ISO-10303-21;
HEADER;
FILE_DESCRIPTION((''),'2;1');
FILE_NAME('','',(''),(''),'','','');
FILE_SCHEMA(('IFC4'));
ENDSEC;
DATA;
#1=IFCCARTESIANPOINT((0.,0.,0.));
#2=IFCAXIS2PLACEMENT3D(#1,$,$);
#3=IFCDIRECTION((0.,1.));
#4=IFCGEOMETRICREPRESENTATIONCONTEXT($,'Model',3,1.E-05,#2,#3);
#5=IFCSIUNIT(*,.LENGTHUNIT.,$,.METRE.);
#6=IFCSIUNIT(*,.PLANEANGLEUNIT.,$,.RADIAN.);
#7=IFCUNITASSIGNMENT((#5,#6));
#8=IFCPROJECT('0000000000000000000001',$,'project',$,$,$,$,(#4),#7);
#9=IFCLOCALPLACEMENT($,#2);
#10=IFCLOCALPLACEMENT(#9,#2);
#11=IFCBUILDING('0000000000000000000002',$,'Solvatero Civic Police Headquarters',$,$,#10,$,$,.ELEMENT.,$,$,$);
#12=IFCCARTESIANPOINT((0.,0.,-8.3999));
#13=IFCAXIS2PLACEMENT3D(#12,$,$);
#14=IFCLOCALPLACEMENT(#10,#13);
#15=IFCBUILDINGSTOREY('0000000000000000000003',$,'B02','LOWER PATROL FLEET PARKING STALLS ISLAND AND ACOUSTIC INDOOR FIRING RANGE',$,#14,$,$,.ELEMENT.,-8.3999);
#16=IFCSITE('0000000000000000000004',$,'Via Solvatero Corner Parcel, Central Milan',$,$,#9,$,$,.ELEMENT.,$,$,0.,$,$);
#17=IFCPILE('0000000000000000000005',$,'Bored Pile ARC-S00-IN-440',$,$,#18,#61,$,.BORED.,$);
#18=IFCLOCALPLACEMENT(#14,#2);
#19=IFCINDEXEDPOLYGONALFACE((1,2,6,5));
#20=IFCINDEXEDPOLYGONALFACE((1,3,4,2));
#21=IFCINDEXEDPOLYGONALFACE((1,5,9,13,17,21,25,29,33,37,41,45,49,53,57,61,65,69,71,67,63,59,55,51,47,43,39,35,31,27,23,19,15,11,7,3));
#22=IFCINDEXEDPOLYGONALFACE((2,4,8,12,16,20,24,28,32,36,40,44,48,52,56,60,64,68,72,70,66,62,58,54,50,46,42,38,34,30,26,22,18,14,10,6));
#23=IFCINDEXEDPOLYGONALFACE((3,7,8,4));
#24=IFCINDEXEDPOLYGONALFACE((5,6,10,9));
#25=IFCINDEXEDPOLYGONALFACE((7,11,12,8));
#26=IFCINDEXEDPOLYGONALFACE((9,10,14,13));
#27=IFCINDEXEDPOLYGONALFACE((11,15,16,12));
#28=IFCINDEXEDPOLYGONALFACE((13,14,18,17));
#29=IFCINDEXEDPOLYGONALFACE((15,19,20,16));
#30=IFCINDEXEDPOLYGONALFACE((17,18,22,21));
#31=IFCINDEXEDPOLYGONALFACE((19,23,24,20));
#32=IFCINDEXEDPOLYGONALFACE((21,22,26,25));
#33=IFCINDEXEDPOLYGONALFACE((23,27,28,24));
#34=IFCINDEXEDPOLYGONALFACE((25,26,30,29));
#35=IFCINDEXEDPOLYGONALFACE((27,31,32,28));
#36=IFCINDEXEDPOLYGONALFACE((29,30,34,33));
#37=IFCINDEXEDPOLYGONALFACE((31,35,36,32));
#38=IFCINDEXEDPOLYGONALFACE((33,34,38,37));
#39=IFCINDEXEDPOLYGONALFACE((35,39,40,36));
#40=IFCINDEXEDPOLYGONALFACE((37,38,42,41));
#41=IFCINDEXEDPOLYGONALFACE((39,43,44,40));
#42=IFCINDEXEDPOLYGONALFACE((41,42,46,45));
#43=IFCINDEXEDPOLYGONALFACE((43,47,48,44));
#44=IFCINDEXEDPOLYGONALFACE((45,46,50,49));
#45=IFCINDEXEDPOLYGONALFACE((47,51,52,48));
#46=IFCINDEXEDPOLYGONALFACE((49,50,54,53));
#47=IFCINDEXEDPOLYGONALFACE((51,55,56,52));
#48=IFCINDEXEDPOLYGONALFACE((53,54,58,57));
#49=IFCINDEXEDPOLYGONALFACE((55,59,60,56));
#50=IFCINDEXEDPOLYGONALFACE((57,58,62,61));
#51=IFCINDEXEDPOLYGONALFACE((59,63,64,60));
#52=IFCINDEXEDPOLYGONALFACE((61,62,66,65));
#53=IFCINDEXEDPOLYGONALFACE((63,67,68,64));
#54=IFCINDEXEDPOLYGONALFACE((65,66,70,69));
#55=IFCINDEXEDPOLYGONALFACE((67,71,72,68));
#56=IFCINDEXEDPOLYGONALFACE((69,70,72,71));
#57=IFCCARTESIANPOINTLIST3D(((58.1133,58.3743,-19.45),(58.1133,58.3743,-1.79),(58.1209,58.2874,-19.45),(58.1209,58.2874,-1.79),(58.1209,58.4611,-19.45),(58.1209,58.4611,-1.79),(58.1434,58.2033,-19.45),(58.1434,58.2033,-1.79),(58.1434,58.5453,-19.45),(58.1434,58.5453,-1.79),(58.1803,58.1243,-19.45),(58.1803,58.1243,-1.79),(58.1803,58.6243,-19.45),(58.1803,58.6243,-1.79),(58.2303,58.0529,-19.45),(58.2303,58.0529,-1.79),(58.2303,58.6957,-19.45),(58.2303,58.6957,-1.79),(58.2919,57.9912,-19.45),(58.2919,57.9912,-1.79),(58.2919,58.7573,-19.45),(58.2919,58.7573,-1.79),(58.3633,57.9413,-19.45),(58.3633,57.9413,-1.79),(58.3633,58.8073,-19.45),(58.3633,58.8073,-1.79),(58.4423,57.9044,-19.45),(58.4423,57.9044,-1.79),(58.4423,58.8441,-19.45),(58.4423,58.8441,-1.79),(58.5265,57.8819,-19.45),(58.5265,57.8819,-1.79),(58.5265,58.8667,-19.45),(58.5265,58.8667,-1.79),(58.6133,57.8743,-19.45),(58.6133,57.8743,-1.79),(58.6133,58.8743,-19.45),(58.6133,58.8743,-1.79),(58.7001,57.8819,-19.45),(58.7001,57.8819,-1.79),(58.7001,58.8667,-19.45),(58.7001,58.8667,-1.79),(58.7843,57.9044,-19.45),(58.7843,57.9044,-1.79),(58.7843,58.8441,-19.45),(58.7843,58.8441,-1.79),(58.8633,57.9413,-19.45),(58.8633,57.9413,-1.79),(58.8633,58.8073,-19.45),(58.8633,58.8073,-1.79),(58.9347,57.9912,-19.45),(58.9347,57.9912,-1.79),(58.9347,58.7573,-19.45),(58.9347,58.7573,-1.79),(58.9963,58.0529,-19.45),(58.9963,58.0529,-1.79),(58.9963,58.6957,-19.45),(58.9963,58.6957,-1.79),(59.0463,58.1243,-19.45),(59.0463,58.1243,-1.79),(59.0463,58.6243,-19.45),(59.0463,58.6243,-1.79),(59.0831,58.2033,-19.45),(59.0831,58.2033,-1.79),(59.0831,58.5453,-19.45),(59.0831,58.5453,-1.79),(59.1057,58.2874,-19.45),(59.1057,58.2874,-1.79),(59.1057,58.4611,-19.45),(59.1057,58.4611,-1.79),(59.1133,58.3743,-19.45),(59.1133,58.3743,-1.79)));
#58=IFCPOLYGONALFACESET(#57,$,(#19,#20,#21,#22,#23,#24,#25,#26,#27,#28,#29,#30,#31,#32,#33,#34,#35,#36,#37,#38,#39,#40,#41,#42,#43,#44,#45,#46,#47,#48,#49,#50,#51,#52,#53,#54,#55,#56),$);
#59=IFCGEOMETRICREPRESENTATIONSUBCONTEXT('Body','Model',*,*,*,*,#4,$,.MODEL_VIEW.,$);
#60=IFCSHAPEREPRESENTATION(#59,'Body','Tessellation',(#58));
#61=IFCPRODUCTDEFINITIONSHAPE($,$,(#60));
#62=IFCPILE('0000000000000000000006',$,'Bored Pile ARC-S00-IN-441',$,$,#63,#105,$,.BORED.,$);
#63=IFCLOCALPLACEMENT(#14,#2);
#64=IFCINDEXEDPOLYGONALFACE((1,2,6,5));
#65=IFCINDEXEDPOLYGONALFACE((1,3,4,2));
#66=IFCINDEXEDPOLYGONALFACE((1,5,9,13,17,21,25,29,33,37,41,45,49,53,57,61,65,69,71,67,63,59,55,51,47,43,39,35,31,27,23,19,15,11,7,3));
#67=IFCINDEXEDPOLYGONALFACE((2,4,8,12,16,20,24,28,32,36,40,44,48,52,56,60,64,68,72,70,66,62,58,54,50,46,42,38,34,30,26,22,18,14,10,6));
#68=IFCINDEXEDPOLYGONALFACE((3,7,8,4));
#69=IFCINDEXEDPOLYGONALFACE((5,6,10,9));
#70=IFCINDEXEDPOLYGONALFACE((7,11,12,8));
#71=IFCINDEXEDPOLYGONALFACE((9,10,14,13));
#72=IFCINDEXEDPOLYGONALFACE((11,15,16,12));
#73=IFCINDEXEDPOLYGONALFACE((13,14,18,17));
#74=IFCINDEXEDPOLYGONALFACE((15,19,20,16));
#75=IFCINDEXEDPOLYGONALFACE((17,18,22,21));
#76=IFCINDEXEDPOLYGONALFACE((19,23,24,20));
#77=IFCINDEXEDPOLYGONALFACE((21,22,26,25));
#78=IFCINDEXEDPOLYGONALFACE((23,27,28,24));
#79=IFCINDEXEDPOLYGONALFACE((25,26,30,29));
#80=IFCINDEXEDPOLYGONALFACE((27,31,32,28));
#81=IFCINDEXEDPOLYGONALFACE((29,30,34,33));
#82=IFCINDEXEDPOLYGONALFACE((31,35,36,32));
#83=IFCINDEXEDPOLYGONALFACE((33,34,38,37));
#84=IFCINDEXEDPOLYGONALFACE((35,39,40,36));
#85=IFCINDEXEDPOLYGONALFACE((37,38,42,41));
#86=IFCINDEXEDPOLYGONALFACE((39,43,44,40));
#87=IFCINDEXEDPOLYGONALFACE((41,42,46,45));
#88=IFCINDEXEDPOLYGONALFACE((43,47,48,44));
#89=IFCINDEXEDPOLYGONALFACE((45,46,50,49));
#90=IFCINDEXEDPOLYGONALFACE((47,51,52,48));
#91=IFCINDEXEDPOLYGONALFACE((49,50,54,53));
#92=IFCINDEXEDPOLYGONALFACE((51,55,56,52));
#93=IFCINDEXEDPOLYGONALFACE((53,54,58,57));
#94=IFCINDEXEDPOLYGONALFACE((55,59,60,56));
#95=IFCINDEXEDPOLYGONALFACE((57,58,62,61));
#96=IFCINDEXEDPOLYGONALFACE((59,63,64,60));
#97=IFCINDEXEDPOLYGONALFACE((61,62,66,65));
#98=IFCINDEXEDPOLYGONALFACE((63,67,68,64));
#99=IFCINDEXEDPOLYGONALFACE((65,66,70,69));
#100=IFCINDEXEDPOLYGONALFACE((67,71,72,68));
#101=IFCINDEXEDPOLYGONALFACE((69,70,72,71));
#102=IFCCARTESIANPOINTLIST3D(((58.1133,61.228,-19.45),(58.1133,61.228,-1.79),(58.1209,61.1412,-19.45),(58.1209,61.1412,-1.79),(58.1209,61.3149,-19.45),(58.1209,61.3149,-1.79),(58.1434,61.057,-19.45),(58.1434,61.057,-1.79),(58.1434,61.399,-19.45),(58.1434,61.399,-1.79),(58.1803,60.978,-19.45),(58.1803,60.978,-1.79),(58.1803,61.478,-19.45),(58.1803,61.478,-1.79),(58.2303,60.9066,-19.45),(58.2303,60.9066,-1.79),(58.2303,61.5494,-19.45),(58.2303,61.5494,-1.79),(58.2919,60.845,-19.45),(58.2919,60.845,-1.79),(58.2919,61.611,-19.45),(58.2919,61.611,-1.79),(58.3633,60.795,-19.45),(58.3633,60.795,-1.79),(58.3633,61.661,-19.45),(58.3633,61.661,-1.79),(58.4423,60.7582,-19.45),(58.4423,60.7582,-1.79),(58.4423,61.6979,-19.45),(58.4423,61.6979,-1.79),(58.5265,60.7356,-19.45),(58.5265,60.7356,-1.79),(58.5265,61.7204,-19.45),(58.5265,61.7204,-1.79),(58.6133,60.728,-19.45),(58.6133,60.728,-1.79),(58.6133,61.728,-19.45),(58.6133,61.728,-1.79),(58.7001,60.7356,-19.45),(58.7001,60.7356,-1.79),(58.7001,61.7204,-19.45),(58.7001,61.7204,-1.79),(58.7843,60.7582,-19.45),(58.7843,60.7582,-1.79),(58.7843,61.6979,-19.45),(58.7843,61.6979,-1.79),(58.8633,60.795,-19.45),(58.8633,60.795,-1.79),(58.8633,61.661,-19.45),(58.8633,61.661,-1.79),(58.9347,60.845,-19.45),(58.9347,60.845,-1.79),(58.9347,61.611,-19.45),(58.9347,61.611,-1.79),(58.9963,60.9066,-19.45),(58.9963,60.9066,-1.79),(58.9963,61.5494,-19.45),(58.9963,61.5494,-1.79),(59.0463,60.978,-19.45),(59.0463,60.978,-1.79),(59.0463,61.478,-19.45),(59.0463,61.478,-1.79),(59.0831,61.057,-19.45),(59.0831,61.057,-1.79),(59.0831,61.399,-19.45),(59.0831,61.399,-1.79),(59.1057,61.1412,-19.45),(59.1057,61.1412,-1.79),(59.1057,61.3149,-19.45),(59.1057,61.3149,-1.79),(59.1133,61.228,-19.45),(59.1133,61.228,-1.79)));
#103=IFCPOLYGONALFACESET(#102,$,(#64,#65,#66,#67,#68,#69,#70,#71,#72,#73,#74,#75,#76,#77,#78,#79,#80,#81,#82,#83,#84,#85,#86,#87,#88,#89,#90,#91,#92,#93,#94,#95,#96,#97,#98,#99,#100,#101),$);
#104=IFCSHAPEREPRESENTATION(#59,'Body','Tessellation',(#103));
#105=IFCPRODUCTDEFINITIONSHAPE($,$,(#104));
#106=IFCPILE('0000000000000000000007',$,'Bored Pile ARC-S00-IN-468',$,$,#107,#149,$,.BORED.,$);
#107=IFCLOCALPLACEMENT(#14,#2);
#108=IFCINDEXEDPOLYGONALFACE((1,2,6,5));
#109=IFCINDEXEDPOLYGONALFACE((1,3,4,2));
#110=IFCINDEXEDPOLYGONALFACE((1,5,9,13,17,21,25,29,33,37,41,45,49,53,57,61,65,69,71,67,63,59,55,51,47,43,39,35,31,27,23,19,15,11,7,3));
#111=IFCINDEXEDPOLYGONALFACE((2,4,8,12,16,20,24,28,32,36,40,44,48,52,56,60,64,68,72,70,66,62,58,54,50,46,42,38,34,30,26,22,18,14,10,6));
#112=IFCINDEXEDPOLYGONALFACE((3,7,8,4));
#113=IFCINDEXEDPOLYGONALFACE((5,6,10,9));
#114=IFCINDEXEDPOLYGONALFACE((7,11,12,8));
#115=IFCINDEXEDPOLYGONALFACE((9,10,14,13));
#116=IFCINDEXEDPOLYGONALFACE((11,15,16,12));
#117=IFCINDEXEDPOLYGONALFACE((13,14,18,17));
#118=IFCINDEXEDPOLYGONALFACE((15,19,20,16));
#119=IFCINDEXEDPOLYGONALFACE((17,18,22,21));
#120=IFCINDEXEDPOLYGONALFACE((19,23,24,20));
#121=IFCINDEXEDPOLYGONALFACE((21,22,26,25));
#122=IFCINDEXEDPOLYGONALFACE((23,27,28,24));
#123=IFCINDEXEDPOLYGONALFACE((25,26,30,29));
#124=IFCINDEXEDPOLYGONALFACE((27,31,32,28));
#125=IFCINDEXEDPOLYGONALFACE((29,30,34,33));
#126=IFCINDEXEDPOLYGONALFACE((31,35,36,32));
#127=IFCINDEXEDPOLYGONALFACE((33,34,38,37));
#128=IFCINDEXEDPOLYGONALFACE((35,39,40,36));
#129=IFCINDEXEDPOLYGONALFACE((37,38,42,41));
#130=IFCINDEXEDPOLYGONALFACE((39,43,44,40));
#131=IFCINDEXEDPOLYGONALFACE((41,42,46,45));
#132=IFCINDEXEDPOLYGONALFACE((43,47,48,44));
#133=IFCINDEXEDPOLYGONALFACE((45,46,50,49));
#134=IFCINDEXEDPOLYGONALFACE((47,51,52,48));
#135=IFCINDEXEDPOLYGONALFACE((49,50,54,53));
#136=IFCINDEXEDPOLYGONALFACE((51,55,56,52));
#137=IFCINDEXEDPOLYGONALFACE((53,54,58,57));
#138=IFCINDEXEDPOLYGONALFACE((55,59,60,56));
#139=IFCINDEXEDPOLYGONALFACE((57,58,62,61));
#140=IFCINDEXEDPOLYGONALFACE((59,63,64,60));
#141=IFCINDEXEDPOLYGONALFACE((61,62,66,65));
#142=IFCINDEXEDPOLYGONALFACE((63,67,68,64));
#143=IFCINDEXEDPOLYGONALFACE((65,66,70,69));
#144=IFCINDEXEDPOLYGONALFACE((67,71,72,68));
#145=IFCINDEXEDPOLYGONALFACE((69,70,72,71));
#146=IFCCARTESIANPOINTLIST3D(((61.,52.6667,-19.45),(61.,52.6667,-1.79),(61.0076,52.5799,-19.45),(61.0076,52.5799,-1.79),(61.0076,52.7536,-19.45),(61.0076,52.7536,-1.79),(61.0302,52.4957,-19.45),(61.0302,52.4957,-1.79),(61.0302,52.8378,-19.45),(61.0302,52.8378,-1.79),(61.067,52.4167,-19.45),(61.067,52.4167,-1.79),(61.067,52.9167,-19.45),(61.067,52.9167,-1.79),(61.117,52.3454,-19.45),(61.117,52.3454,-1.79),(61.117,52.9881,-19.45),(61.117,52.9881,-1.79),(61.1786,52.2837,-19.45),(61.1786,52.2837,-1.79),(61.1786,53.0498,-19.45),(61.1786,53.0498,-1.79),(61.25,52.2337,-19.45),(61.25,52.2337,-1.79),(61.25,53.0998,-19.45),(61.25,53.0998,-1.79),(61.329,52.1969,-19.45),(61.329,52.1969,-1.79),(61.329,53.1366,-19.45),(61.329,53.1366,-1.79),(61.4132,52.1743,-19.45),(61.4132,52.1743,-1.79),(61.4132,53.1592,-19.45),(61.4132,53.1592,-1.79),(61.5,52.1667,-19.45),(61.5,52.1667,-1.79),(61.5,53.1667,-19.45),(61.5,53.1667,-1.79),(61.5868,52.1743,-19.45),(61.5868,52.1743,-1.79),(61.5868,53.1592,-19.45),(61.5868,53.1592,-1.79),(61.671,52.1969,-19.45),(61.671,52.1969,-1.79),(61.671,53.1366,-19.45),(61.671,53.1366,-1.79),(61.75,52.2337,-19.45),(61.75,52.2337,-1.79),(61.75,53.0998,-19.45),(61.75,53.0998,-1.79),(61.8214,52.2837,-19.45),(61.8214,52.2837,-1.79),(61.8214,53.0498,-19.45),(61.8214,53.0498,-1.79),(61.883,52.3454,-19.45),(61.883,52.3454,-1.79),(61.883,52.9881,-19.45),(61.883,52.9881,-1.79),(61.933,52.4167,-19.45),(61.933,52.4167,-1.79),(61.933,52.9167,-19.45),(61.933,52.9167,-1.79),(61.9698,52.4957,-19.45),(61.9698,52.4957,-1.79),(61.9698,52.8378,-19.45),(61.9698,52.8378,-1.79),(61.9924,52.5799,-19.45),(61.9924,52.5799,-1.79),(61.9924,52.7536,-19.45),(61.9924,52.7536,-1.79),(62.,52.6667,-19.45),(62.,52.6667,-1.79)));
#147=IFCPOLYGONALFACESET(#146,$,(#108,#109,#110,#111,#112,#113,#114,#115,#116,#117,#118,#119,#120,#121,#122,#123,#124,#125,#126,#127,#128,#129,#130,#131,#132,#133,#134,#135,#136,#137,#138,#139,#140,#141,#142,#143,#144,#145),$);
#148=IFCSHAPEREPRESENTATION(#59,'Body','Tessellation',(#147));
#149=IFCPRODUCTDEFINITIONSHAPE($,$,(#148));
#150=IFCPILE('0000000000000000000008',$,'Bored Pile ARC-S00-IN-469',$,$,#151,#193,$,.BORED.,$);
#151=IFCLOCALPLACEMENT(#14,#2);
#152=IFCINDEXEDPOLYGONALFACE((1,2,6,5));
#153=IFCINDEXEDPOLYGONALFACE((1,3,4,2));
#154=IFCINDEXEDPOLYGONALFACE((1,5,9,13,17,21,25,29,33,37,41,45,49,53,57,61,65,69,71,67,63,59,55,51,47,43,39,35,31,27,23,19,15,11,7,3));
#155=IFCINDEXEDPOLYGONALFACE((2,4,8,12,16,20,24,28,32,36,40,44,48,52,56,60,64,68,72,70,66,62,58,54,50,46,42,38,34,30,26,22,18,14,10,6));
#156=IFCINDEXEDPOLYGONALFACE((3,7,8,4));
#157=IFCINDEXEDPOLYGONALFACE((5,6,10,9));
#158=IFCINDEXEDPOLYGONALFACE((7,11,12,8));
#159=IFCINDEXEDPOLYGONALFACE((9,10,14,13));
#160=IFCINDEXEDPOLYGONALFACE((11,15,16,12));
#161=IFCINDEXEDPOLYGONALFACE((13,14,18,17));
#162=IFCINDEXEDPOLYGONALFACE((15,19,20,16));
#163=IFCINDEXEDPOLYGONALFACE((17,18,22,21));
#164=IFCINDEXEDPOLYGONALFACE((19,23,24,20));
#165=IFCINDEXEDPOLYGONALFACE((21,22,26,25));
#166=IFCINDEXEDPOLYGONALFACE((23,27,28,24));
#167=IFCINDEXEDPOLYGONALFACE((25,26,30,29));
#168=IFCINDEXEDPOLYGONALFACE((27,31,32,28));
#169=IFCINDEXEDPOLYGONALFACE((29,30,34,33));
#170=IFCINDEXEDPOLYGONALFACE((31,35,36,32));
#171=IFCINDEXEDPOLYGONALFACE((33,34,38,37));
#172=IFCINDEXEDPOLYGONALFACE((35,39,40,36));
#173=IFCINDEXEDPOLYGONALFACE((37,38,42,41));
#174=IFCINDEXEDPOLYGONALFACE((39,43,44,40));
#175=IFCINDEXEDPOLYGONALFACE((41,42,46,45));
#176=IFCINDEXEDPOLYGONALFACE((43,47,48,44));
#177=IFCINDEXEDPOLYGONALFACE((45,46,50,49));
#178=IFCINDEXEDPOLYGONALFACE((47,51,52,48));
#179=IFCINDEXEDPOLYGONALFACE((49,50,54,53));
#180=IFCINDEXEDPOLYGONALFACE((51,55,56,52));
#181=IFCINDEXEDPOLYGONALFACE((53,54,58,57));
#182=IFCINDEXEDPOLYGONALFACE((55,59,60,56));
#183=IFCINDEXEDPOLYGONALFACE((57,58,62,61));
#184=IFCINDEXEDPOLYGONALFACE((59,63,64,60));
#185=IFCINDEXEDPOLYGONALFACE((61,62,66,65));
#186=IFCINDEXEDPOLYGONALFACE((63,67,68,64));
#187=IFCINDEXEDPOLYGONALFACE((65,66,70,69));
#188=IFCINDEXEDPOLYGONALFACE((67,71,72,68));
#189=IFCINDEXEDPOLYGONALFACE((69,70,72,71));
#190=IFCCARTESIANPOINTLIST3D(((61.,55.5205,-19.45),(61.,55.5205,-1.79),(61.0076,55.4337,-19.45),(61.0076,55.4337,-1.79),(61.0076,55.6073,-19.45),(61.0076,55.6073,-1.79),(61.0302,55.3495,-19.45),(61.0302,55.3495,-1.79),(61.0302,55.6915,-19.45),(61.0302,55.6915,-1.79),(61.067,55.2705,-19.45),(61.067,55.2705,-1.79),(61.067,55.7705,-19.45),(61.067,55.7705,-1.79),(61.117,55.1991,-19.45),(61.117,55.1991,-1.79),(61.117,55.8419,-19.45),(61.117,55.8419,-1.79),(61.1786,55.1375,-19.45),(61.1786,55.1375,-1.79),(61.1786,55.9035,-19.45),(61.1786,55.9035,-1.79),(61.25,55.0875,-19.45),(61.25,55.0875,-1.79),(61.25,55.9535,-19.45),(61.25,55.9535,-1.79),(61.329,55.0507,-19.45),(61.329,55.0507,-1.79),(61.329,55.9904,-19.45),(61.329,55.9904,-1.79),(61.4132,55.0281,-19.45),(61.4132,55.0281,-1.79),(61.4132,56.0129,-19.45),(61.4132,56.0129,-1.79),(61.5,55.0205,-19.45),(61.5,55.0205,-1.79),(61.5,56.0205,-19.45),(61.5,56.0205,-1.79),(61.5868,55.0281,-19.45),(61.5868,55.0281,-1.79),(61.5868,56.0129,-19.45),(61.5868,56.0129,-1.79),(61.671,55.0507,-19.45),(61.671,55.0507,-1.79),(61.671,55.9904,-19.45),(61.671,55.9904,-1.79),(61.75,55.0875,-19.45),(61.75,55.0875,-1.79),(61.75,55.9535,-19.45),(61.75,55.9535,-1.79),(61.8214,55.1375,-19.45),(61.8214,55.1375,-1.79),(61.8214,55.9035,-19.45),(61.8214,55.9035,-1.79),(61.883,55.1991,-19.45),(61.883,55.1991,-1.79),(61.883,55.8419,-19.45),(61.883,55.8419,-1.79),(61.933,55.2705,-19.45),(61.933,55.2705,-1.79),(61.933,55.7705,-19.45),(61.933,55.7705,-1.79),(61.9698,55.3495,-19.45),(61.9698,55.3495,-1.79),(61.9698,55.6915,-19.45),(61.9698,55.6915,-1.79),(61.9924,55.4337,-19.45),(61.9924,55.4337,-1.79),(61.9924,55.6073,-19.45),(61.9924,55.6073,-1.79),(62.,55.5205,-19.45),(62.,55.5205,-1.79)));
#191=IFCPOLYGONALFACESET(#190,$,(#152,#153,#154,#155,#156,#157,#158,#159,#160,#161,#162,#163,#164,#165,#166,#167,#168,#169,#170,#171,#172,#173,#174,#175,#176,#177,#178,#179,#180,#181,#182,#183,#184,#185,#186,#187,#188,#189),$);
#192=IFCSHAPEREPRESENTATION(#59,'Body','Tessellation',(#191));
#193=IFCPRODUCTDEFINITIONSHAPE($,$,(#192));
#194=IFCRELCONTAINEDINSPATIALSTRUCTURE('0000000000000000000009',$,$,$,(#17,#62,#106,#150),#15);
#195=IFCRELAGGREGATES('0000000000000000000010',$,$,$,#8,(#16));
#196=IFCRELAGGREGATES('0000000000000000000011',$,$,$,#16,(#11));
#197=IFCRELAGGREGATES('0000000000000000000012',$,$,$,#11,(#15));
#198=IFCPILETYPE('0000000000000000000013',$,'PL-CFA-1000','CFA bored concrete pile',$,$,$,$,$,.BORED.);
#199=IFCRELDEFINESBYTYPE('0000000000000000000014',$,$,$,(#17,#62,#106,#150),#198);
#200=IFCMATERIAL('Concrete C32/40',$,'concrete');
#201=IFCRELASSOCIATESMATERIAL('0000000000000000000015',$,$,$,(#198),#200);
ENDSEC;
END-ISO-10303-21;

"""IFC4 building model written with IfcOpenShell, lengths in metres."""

from ifc_helpers import new_model, si_unit, direction, frame, origin, origin_2d, place, context, subcontext, project, spatial, circle, extrude, material, material_profile, profile_set, type_object, element, save


model = new_model("IFC4")

# Units and contexts
model_context = context("Model", 3, precision=1e-05, world=origin(), true_north=direction((0.0, 1.0)))
body_context = subcontext(model_context, "Body", "Model", "MODEL_VIEW")
ifc_project = project(units=[si_unit("LENGTHUNIT", "METRE"), si_unit("PLANEANGLEUNIT", "RADIAN")], contexts=[model_context])

# Site, building, storey
site_placement = place(None, origin())
site = spatial("IfcSite", under=ifc_project, at=site_placement, Name="Via Solvatero Corner Parcel, Central Milan", CompositionType="ELEMENT", RefElevation=0.0)
building_placement = place(site_placement, origin())
building = spatial("IfcBuilding", under=site, at=building_placement, Name="Solvatero Civic Police Headquarters", CompositionType="ELEMENT")
storey_placement = place(building_placement, frame((0.0, 0.0, -8.3999)))
storey = spatial("IfcBuildingStorey", under=building, at=storey_placement, Name="B02", Description="LOWER PATROL FLEET PARKING STALLS ISLAND AND ACOUSTIC INDOOR FIRING RANGE", CompositionType="ELEMENT", Elevation=-8.3999)

# Piles
ifc_material_1 = material(Name="Concrete C32/40", Category="concrete")
ifc_material_profile_1 = material_profile(ifc_material_1, circle(Radius=0.5, at=origin_2d()), Name="CFA PILE D1000")
ifc_profile_set_1 = profile_set([ifc_material_profile_1], Name="Concrete C32/40")
pile_type = type_object("IfcPileType", Name="PL-CFA-1000", Description="CFA bored concrete pile", PredefinedType="BORED", material=ifc_profile_set_1)
for number, where, z_axis, x_axis, name in (
    (1, (58.6133, 58.3743, -1.79), (0.0, 0.0, -1.0), (1.0, 0.0, 0.0), "Bored Pile ARC-S00-IN-440"),
    (2, (58.6133, 61.228, -1.79), (0.0, 0.0, -1.0), (1.0, 0.0, 0.0), "Bored Pile ARC-S00-IN-441"),
    (3, (61.5, 52.6667, -1.79), (0.0, 0.0, -1.0), (1.0, 0.0, 0.0), "Bored Pile ARC-S00-IN-468"),
    (4, (61.5, 55.5205, -1.79), (0.0, 0.0, -1.0), (1.0, 0.0, 0.0), "Bored Pile ARC-S00-IN-469"),
):
    element("IfcPile", number, at=place(storey_placement, frame(where, z_axis=z_axis, x_axis=x_axis)), inside=storey, type_object=pile_type, Name=name, PredefinedType="BORED", context=body_context, shape_type="SweptSolid", body=[
        extrude(circle(Radius=0.5, at=origin_2d()), origin(), (0.0, 0.0, 1.0), 17.6599),
    ])

save(model, "model.ifc")
